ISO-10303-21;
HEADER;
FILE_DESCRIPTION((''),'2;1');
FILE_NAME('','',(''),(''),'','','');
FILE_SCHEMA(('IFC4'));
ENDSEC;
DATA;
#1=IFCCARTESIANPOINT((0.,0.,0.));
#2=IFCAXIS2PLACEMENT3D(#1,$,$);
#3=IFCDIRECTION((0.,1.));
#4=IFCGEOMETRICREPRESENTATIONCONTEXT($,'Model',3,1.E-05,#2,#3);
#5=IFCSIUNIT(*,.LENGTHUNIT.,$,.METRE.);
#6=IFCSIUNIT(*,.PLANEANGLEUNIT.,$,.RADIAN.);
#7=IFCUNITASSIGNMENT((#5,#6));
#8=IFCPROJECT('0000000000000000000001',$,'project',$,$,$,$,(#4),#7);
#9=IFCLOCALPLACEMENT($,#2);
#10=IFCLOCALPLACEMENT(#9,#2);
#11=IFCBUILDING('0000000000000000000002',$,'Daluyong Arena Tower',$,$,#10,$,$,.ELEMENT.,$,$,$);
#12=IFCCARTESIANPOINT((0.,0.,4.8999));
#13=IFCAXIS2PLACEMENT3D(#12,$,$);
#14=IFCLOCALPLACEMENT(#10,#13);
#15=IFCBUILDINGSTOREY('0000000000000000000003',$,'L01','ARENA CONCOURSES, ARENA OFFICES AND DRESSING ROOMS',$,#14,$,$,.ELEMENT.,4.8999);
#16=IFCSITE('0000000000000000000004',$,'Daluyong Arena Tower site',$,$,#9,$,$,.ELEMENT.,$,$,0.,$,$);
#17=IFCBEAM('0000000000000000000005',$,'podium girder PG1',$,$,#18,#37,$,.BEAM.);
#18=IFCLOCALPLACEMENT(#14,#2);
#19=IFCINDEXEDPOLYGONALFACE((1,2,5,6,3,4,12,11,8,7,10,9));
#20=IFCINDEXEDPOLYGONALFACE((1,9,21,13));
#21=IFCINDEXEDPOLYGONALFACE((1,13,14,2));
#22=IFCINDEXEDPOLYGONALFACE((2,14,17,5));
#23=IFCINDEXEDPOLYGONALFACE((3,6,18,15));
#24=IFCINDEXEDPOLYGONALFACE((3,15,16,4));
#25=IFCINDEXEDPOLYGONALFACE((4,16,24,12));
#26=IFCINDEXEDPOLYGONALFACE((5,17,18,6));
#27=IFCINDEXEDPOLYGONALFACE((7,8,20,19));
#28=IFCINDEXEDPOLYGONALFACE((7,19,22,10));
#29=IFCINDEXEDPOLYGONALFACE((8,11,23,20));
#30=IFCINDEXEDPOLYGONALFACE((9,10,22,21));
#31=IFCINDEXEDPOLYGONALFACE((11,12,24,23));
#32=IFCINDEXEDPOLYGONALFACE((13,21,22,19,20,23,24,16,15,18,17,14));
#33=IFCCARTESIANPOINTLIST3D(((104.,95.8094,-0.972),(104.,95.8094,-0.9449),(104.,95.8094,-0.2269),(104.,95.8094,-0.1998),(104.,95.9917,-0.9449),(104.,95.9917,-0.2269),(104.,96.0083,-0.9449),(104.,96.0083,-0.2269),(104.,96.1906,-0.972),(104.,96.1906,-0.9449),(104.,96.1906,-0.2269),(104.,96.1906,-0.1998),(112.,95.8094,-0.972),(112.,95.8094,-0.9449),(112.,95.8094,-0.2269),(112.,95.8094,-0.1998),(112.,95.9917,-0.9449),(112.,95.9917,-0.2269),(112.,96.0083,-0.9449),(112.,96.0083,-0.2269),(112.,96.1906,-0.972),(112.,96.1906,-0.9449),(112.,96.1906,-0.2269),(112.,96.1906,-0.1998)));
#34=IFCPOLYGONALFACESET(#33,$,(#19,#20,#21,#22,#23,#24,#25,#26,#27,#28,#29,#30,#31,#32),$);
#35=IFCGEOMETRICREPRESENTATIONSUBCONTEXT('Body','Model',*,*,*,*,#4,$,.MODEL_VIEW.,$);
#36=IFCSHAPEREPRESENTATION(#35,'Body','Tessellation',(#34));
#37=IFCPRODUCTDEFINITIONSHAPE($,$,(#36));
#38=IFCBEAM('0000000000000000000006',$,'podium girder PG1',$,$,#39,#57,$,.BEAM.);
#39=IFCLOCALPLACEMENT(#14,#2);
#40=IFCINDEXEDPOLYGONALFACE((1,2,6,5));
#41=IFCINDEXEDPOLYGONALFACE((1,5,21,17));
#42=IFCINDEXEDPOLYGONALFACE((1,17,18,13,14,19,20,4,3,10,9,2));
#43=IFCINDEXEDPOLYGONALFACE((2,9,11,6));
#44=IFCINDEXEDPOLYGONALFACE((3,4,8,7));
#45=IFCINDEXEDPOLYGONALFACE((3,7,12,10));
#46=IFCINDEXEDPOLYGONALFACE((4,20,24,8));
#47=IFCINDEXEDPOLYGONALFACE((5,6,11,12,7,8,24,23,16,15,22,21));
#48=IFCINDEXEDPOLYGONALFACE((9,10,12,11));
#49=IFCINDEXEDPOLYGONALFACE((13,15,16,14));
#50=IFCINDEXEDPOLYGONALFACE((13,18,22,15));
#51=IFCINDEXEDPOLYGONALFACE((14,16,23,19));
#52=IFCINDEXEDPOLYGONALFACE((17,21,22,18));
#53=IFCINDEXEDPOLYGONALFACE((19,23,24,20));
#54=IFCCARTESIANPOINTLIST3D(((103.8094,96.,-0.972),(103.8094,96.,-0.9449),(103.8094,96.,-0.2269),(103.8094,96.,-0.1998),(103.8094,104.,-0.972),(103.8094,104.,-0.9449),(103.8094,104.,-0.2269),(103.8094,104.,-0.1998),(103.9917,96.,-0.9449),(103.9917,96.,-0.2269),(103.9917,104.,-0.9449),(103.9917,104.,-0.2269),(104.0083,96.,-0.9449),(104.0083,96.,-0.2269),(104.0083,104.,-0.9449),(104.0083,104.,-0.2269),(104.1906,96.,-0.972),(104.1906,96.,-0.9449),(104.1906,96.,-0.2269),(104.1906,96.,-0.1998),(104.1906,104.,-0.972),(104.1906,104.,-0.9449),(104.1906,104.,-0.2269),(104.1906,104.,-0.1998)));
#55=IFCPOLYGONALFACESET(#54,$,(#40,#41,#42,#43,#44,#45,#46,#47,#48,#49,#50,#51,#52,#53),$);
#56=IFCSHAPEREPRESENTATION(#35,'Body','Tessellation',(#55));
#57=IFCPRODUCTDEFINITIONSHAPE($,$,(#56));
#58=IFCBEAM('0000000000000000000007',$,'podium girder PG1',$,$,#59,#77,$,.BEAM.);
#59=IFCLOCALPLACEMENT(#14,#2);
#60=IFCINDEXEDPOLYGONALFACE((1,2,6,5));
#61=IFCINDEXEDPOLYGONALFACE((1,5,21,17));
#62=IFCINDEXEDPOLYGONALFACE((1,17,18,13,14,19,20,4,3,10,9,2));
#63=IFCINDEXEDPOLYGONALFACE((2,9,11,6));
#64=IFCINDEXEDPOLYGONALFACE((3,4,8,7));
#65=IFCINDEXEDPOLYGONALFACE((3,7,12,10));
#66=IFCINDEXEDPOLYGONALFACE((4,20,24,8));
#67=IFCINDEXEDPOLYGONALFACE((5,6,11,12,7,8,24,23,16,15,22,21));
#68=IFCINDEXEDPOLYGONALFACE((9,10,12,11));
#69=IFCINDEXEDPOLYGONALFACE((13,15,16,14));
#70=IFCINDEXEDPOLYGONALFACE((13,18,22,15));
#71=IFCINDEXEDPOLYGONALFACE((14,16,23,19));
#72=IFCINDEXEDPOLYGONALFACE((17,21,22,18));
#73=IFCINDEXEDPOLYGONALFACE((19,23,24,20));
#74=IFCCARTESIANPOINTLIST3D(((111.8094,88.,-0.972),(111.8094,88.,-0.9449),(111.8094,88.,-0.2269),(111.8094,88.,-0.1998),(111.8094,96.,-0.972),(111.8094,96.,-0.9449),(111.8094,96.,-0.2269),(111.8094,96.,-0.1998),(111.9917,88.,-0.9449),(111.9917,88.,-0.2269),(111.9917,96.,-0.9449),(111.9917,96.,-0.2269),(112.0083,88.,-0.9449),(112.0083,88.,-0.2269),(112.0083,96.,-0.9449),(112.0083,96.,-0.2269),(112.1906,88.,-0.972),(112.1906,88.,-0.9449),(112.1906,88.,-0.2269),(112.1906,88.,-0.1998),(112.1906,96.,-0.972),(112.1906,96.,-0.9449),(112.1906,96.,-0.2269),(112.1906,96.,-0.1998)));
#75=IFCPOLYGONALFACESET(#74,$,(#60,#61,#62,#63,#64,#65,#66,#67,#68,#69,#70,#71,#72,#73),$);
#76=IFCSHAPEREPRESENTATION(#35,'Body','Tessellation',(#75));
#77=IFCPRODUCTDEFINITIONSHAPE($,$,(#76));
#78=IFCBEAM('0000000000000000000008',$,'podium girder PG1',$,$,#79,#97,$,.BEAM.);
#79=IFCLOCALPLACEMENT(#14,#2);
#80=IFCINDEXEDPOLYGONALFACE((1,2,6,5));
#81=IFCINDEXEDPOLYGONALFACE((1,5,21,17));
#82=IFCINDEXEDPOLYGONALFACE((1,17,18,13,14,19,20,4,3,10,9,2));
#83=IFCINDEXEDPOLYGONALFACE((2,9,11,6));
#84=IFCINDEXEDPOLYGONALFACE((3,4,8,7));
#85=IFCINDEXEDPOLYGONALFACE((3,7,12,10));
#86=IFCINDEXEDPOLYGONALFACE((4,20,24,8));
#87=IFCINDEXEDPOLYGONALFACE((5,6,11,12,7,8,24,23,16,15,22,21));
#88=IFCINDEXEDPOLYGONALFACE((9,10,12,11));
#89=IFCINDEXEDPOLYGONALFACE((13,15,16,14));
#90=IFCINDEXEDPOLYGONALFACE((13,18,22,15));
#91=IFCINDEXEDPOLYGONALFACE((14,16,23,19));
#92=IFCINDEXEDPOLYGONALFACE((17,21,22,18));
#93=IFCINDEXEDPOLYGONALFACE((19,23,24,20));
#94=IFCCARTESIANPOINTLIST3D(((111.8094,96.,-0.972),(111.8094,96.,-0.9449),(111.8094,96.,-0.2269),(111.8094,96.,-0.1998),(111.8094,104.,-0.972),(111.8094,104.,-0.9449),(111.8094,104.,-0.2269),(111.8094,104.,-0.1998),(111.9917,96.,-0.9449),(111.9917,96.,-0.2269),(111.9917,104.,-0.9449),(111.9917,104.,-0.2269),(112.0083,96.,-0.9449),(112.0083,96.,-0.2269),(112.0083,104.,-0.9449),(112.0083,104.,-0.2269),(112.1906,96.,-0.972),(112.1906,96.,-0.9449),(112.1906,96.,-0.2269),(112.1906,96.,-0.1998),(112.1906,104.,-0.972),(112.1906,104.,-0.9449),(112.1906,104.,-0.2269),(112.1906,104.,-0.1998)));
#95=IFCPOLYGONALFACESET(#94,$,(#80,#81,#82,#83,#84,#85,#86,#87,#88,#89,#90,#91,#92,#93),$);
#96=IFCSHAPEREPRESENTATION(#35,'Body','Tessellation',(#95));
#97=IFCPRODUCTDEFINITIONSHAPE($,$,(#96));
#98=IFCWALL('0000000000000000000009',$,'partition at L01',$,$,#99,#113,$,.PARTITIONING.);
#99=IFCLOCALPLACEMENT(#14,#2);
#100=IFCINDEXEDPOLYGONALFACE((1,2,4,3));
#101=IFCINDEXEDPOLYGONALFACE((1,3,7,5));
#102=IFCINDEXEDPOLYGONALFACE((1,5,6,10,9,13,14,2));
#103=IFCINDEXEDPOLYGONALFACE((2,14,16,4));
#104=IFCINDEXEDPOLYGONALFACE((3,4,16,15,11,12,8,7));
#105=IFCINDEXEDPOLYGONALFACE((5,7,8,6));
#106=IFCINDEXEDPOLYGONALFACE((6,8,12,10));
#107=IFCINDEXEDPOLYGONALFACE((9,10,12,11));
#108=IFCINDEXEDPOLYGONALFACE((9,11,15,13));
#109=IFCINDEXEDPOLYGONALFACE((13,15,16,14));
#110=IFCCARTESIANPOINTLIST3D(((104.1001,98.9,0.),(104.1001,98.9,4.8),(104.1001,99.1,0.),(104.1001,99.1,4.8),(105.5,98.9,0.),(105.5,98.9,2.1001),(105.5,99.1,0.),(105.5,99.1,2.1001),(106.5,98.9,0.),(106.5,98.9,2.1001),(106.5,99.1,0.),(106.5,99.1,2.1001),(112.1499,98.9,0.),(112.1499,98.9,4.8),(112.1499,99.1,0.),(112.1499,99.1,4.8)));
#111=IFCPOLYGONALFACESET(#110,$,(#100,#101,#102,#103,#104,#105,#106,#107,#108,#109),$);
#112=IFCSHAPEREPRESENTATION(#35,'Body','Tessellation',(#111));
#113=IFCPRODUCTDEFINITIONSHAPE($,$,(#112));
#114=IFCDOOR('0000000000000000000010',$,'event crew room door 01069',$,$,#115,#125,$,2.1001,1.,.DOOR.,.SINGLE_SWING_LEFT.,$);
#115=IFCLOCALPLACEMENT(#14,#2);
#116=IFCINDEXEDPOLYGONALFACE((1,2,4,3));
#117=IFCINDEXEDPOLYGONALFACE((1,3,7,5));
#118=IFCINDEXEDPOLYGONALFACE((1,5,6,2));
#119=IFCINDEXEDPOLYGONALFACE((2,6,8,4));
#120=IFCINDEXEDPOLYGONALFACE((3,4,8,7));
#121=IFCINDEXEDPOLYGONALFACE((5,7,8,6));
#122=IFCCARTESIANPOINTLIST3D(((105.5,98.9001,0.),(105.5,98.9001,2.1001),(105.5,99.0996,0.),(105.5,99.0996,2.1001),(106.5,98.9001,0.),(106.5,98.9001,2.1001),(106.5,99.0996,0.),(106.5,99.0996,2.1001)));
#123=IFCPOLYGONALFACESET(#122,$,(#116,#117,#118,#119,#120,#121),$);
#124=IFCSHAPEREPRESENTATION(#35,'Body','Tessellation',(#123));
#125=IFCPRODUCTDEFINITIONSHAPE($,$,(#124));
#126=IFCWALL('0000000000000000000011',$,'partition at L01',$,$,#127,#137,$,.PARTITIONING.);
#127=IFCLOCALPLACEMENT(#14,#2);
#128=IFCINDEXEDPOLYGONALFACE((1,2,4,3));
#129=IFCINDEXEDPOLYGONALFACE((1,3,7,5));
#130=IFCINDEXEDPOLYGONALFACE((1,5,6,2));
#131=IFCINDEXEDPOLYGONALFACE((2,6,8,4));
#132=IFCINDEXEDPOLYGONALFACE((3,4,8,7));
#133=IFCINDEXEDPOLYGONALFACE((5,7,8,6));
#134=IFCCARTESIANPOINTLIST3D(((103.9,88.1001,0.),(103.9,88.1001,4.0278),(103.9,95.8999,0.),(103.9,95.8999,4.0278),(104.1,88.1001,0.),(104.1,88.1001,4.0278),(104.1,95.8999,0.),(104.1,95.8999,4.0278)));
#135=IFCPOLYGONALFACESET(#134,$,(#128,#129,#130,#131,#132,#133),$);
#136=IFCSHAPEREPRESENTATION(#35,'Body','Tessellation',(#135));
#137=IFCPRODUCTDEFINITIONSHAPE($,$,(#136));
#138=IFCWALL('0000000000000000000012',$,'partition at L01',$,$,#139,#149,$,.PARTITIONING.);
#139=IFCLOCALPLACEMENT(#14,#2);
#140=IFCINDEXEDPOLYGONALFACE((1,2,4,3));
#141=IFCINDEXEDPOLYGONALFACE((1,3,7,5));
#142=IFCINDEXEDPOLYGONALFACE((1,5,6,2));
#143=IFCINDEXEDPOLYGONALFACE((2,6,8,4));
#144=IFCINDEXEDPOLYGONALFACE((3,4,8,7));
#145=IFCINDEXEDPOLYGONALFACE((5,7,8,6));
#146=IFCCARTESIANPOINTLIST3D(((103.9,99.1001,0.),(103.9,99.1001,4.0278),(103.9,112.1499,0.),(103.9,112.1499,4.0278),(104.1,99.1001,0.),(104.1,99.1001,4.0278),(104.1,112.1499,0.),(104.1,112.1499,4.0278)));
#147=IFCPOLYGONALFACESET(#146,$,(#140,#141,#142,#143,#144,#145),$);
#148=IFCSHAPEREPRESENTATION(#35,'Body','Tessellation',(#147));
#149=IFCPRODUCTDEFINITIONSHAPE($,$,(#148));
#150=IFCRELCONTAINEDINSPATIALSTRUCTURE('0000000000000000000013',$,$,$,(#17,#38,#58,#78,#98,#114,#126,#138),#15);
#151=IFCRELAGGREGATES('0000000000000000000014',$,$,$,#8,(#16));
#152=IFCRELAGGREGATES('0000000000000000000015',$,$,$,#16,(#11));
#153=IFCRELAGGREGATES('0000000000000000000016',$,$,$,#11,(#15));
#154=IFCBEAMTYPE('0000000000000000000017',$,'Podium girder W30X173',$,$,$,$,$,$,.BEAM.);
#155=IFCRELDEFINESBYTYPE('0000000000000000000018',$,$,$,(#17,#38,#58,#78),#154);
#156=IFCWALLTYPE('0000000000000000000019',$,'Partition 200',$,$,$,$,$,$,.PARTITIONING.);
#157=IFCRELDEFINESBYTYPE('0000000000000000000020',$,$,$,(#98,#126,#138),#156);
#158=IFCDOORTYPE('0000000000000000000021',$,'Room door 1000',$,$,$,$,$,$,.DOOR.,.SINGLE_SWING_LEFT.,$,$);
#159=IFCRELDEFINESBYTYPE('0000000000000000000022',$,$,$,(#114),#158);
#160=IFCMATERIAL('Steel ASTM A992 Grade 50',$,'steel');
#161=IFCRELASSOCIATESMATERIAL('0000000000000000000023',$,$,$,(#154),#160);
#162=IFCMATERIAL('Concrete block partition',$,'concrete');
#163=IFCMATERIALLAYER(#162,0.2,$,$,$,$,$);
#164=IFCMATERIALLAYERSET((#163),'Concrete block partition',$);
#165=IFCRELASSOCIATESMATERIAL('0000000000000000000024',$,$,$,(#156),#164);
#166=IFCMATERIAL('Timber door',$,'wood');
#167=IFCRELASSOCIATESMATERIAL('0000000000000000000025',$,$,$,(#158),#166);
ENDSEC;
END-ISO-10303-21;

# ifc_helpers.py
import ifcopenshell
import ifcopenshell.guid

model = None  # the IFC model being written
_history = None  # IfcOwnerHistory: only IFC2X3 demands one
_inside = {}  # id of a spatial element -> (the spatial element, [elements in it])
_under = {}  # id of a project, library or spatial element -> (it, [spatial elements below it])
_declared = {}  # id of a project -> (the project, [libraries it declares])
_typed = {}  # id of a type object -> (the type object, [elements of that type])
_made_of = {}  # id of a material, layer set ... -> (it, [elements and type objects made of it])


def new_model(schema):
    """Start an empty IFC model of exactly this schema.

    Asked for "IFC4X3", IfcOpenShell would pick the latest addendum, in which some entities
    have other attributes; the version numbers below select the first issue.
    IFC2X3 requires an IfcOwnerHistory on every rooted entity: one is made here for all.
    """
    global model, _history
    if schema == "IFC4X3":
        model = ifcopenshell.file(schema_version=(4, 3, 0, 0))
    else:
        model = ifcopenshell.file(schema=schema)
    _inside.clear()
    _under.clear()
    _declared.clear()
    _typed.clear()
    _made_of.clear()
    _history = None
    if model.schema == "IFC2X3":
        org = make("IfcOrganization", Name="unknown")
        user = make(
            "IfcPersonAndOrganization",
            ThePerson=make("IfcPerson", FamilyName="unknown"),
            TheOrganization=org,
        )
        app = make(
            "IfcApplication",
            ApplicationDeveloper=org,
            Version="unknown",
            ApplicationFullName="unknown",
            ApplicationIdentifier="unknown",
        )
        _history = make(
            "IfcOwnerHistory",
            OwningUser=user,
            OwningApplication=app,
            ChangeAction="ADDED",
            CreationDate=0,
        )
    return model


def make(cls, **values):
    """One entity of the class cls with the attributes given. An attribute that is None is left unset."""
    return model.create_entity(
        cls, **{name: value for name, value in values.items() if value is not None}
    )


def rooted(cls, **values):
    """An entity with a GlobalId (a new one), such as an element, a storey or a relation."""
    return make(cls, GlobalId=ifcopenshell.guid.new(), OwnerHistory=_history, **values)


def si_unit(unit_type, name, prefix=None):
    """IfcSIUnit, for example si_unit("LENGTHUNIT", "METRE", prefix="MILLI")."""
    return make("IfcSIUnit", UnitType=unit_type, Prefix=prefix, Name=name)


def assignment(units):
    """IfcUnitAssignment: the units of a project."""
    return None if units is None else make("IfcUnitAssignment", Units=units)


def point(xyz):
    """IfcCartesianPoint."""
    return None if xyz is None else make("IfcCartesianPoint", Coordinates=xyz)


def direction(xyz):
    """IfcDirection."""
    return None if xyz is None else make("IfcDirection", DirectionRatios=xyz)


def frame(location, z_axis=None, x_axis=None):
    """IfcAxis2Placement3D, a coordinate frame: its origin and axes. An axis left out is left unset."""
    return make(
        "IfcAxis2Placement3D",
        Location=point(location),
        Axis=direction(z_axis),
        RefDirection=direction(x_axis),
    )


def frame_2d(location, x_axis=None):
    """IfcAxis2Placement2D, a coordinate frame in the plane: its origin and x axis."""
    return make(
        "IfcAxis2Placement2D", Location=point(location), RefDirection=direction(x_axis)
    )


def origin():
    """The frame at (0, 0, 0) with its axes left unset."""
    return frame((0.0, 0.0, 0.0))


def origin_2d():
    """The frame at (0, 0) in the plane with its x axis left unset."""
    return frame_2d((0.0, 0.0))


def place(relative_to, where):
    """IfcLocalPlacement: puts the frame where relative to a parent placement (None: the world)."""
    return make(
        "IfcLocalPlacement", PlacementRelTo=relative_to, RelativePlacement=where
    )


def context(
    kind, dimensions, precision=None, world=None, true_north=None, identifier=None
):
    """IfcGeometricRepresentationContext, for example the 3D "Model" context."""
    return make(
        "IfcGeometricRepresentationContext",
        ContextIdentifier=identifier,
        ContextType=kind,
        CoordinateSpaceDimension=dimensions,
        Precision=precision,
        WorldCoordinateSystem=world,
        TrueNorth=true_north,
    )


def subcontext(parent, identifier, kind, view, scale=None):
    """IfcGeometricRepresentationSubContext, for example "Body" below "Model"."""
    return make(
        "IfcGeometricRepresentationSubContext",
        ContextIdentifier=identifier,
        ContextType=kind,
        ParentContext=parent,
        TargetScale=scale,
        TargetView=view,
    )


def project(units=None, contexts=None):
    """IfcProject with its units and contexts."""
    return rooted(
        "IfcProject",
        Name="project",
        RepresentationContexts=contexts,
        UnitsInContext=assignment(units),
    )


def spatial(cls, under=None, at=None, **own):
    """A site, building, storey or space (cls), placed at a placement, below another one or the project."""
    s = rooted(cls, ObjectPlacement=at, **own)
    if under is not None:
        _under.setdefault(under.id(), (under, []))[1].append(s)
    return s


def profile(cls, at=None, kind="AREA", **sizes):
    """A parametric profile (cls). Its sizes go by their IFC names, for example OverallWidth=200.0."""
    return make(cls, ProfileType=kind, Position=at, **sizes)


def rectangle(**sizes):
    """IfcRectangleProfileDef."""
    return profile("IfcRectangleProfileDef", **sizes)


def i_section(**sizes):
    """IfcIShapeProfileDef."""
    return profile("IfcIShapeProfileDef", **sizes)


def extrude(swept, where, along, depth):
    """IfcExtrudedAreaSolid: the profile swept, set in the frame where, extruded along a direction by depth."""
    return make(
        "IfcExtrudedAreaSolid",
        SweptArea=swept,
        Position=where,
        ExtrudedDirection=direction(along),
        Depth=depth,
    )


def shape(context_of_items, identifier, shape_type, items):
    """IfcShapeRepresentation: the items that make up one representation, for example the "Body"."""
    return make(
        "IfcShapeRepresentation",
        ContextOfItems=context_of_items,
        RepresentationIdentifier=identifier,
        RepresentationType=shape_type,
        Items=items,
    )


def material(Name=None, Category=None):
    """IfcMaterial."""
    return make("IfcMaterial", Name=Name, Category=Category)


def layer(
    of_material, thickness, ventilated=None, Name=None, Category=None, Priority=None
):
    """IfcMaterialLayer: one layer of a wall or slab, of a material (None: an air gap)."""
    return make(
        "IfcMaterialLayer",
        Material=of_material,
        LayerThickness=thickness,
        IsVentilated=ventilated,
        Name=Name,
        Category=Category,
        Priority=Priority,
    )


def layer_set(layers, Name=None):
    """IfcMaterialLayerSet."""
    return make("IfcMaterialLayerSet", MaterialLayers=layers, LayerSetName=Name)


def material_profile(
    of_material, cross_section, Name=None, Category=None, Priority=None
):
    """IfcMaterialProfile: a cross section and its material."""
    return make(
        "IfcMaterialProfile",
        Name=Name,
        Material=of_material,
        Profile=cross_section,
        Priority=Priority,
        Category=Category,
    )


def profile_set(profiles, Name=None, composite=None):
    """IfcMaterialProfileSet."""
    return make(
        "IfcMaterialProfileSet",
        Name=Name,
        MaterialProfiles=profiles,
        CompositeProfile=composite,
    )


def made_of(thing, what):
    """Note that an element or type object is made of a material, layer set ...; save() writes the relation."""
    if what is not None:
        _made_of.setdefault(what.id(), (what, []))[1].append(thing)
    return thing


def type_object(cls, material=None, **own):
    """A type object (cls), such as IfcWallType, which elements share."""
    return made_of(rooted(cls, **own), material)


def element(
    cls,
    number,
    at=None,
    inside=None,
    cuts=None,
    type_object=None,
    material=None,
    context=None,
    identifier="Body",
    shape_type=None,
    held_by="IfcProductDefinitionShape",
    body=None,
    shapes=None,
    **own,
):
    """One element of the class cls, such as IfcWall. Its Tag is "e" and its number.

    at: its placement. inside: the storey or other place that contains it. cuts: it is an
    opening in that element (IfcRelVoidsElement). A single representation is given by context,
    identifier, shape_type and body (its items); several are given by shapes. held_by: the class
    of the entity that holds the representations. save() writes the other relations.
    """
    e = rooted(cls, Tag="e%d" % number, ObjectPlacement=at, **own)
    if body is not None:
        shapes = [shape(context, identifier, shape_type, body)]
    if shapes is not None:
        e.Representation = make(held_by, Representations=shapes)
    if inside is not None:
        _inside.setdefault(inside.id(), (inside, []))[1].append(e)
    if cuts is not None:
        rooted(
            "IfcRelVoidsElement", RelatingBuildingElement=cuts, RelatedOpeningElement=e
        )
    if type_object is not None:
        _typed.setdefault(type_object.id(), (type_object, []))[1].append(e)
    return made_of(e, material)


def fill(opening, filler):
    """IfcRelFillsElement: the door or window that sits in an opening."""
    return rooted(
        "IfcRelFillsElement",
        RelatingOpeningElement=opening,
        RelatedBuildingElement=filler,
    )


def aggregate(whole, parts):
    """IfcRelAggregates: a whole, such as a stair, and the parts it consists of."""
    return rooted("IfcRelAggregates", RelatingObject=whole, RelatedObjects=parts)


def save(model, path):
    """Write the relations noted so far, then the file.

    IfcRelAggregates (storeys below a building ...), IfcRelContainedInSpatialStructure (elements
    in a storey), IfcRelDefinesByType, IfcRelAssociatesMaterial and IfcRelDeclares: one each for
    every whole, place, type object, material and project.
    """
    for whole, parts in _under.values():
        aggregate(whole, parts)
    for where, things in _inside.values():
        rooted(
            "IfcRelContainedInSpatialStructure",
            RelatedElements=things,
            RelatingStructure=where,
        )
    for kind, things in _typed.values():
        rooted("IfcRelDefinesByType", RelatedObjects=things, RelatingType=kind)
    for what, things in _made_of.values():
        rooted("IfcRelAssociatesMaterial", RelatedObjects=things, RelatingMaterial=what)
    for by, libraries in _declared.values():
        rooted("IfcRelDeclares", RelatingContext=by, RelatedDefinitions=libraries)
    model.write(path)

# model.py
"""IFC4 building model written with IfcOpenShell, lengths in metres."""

from ifc_helpers import new_model, si_unit, direction, frame, frame_2d, origin, origin_2d, place, context, subcontext, project, spatial, rectangle, i_section, extrude, material, layer, layer_set, material_profile, profile_set, type_object, element, fill, save


model = new_model("IFC4")

# Units and contexts
model_context = context("Model", 3, precision=1e-05, world=origin(), true_north=direction((0.0, 1.0)))
body_context = subcontext(model_context, "Body", "Model", "MODEL_VIEW")
ifc_project = project(units=[si_unit("LENGTHUNIT", "METRE"), si_unit("PLANEANGLEUNIT", "RADIAN")], contexts=[model_context])

# Site, building, storey
site_placement = place(None, origin())
site = spatial("IfcSite", under=ifc_project, at=site_placement, Name="Daluyong Arena Tower site", CompositionType="ELEMENT", RefElevation=0.0)
building_placement = place(site_placement, origin())
building = spatial("IfcBuilding", under=site, at=building_placement, Name="Daluyong Arena Tower", CompositionType="ELEMENT")
storey_placement = place(building_placement, frame((0.0, 0.0, 4.8999)))
storey = spatial("IfcBuildingStorey", under=building, at=storey_placement, Name="L01", Description="ARENA CONCOURSES, ARENA OFFICES AND DRESSING ROOMS", CompositionType="ELEMENT", Elevation=4.8999)

# Beams
ifc_material_1 = material(Name="Steel ASTM A992 Grade 50", Category="steel")
ifc_material_profile_1 = material_profile(ifc_material_1, i_section(OverallWidth=0.3811, OverallDepth=0.7722, WebThickness=0.0166, FlangeThickness=0.0271, at=origin_2d()))
ifc_profile_set_1 = profile_set([ifc_material_profile_1], Name="Steel ASTM A992 Grade 50")
beam_type_1 = type_object("IfcBeamType", Name="Podium girder W30X173", PredefinedType="BEAM", material=ifc_profile_set_1)
for number, where, z_axis, x_axis, name in (
    (1, (104.0, 96.0, -0.5859), (1.0, 0.0, 0.0), (0.0, 1.0, 0.0), "podium girder PG1"),
    (2, (104.0, 96.0, -0.5859), (0.0, 1.0, 0.0), (-1.0, 0.0, 0.0), "podium girder PG1"),
    (3, (112.0, 88.0, -0.5859), (0.0, 1.0, 0.0), (-1.0, 0.0, 0.0), "podium girder PG1"),
    (4, (112.0, 96.0, -0.5859), (0.0, 1.0, 0.0), (-1.0, 0.0, 0.0), "podium girder PG1"),
):
    element("IfcBeam", number, at=place(storey_placement, frame(where, z_axis=z_axis, x_axis=x_axis)), inside=storey, type_object=beam_type_1, Name=name, PredefinedType="BEAM", context=body_context, shape_type="SweptSolid", body=[
        extrude(i_section(OverallWidth=0.3811, OverallDepth=0.7722, WebThickness=0.0166, FlangeThickness=0.0271, at=origin_2d()), origin(), (0.0, 0.0, 1.0), 8.0),
    ])

# Wall, opening, door
ifc_material_2 = material(Name="Concrete block partition", Category="concrete")
ifc_layer = layer(ifc_material_2, 0.2)
ifc_layer_set = layer_set([ifc_layer], Name="Concrete block partition")
wall_type = type_object("IfcWallType", Name="Partition 200", PredefinedType="PARTITIONING", material=ifc_layer_set)
wall_1_placement = place(storey_placement, frame((104.1001, 99.0, 0.0), z_axis=(0.0, 0.0, 1.0), x_axis=(1.0, 0.0, 0.0)))
wall_1 = element("IfcWall", 5, at=wall_1_placement, inside=storey, type_object=wall_type, Name="partition at L01", PredefinedType="PARTITIONING", context=body_context, shape_type="SweptSolid", body=[
    extrude(rectangle(XDim=8.0498, YDim=0.2, at=frame_2d((4.0249, 0.0))), origin(), (0.0, 0.0, 1.0), 4.8),
])
opening_placement = place(wall_1_placement, frame((1.3999, 0.0, 0.0)))
opening = element("IfcOpeningElement", 6, at=opening_placement, cuts=wall_1, PredefinedType="OPENING", context=body_context, shape_type="SweptSolid", body=[
    extrude(rectangle(XDim=1.0, YDim=2.1001, at=frame_2d((0.5, 1.05))), frame((0.0, 0.1099, 0.0), z_axis=(0.0, -1.0, 0.0), x_axis=(1.0, 0.0, 0.0)), (0.0, 0.0, 1.0), 0.22),
])
ifc_material_3 = material(Name="Timber door", Category="wood")
door_type = type_object("IfcDoorType", Name="Room door 1000", OperationType="SINGLE_SWING_LEFT", PredefinedType="DOOR", material=ifc_material_3)
door_placement = place(opening_placement, origin())
door = element("IfcDoor", 7, at=door_placement, inside=storey, type_object=door_type, Name="event crew room door 01069", OperationType="SINGLE_SWING_LEFT", OverallHeight=2.1001, OverallWidth=1.0, PredefinedType="DOOR", context=body_context, shape_type="SweptSolid", body=[
    extrude(rectangle(XDim=1.0, YDim=2.1001, at=frame_2d((0.5, 1.05))), frame((0.0, 0.0996, 0.0), z_axis=(0.0, -1.0, 0.0), x_axis=(1.0, 0.0, 0.0)), (0.0, 0.0, 1.0), 0.1995),
])
fill(opening, door)

# Walls
wall_2_placement = place(storey_placement, frame((104.0, 88.1001, 0.0), z_axis=(0.0, 0.0, 1.0), x_axis=(0.0, 1.0, 0.0)))
element("IfcWall", 8, at=wall_2_placement, inside=storey, type_object=wall_type, Name="partition at L01", PredefinedType="PARTITIONING", context=body_context, shape_type="SweptSolid", body=[
    extrude(rectangle(XDim=7.7998, YDim=0.2, at=frame_2d((3.8999, 0.0))), origin(), (0.0, 0.0, 1.0), 4.0278),
])
wall_3_placement = place(storey_placement, frame((104.0, 99.1001, 0.0), z_axis=(0.0, 0.0, 1.0), x_axis=(0.0, 1.0, 0.0)))
element("IfcWall", 9, at=wall_3_placement, inside=storey, type_object=wall_type, Name="partition at L01", PredefinedType="PARTITIONING", context=body_context, shape_type="SweptSolid", body=[
    extrude(rectangle(XDim=13.0498, YDim=0.2, at=frame_2d((6.5249, 0.0))), origin(), (0.0, 0.0, 1.0), 4.0278),
])

save(model, "model.ifc")
